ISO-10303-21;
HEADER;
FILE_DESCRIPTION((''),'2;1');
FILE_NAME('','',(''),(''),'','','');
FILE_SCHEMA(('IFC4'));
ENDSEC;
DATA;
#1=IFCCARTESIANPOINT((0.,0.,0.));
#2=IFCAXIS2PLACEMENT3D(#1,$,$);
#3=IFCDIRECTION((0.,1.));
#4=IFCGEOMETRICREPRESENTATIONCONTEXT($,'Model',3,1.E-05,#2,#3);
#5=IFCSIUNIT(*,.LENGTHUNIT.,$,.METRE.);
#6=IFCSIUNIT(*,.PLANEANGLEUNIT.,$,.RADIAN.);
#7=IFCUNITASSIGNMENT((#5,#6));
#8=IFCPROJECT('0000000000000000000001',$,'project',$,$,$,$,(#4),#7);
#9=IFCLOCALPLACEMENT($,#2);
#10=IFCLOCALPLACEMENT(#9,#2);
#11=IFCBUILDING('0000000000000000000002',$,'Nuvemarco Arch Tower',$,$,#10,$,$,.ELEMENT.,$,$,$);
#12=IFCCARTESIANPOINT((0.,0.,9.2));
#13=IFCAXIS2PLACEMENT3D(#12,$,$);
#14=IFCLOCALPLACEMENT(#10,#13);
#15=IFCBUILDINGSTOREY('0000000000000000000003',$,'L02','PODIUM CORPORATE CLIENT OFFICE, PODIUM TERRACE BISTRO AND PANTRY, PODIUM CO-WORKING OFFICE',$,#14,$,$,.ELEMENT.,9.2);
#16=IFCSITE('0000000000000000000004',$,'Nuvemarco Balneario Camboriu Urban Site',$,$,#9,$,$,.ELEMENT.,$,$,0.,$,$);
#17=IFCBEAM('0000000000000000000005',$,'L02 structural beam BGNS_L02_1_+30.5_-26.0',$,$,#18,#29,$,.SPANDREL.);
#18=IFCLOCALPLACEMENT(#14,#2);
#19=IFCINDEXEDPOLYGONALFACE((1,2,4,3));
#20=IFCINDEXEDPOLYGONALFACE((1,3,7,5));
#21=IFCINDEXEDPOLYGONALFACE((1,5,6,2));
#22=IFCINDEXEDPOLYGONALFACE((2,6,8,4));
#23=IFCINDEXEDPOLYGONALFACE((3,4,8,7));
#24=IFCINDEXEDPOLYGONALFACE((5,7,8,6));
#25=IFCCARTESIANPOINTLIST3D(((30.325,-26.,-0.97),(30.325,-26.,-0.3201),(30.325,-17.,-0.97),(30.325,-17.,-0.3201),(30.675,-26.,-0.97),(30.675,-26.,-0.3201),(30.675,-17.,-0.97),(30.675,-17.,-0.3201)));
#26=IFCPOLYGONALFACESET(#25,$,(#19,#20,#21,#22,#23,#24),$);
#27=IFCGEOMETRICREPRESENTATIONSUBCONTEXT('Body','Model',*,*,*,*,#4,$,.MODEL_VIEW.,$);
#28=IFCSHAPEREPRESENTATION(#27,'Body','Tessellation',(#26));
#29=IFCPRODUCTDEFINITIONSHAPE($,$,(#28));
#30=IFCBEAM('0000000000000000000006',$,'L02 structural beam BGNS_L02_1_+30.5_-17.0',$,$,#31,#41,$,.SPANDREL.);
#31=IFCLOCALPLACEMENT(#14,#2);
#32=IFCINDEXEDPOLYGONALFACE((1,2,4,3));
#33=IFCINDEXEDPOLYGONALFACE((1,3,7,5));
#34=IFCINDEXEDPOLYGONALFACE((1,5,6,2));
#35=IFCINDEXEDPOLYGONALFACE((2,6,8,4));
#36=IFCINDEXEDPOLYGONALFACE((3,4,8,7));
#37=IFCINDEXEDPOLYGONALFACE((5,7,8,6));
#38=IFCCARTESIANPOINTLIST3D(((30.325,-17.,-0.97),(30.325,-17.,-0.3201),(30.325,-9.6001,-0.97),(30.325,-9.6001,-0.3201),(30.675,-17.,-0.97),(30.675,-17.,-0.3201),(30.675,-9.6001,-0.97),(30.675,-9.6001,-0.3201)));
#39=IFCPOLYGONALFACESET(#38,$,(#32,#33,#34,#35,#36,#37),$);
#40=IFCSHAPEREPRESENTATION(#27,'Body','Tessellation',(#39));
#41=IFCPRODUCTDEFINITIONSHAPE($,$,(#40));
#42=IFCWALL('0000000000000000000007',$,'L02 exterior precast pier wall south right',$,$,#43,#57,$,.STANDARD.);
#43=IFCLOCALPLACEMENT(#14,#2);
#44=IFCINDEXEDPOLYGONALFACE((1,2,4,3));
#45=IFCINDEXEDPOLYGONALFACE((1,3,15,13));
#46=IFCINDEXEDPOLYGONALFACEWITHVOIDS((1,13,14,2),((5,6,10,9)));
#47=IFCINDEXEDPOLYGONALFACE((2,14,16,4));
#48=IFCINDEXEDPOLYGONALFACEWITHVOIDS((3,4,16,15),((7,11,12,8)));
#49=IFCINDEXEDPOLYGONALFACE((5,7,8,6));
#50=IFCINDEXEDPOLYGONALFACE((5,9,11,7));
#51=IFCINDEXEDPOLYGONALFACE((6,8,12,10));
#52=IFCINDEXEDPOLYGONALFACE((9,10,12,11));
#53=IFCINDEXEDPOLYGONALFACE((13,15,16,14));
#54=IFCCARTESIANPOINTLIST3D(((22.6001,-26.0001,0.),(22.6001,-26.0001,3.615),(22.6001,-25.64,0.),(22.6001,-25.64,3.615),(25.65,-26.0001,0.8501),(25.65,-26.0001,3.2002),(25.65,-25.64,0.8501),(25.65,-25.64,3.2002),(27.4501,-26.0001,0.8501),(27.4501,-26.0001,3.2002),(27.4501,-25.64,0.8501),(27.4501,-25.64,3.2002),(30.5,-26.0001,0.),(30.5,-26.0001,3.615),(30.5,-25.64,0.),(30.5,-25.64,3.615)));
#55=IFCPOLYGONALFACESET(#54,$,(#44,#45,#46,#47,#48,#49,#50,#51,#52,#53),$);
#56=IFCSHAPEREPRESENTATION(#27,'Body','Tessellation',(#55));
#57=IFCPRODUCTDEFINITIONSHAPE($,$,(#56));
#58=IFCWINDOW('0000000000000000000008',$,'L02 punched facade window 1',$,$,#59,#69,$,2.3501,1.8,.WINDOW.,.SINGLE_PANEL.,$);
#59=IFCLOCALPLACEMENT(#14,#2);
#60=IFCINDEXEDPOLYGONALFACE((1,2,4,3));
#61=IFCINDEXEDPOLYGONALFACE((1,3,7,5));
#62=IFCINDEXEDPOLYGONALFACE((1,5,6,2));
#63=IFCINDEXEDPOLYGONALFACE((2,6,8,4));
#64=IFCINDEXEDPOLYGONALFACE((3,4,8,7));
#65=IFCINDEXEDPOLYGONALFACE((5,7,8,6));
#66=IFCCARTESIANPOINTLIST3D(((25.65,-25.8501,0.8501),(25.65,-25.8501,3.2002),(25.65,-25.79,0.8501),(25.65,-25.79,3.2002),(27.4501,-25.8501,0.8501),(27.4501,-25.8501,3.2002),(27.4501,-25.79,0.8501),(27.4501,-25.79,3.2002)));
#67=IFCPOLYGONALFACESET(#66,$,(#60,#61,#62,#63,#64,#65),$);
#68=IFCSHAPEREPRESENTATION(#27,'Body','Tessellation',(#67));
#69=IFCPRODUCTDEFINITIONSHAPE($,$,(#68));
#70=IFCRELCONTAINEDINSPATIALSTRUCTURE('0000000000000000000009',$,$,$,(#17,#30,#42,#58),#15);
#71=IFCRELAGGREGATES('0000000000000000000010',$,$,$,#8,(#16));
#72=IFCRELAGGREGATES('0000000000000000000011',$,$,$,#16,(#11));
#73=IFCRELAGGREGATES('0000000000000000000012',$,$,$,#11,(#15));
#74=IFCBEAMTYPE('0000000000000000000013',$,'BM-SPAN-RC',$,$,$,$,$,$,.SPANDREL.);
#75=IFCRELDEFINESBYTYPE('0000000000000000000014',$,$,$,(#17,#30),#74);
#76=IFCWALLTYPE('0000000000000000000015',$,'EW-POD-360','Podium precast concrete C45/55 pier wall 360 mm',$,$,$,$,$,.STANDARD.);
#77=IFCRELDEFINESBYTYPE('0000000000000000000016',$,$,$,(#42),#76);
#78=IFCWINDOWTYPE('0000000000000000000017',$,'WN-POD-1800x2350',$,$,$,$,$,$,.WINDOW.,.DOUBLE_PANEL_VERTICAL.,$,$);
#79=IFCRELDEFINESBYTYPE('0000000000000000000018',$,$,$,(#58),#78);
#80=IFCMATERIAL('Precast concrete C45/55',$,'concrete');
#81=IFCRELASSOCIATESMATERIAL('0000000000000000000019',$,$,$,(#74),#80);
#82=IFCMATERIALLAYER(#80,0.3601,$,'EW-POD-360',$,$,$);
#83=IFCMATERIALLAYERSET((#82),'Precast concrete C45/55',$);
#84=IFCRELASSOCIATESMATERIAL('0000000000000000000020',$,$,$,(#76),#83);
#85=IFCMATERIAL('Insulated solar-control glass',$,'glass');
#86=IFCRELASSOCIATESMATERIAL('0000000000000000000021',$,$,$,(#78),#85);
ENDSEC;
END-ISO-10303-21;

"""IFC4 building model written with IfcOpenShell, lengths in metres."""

from ifc_helpers import new_model, si_unit, direction, frame, frame_2d, origin, origin_2d, place, context, subcontext, project, spatial, rectangle, extrude, source, transform, mapped, material, layer, layer_set, material_profile, profile_set, type_object, type_shapes, element, fill, save


model = new_model("IFC4")

# Units and contexts
model_context = context("Model", 3, precision=1e-05, world=origin(), true_north=direction((0.0, 1.0)))
body_context = subcontext(model_context, "Body", "Model", "MODEL_VIEW")
ifc_project = project(units=[si_unit("LENGTHUNIT", "METRE"), si_unit("PLANEANGLEUNIT", "RADIAN")], contexts=[model_context])

# Site, building, storey
site_placement = place(None, origin())
site = spatial("IfcSite", under=ifc_project, at=site_placement, Name="Nuvemarco Balneario Camboriu Urban Site", CompositionType="ELEMENT", RefElevation=0.0)
building_placement = place(site_placement, origin())
building = spatial("IfcBuilding", under=site, at=building_placement, Name="Nuvemarco Arch Tower", CompositionType="ELEMENT")
storey_placement = place(building_placement, frame((0.0, 0.0, 9.2)))
storey = spatial("IfcBuildingStorey", under=building, at=storey_placement, Name="L02", Description="PODIUM CORPORATE CLIENT OFFICE, PODIUM TERRACE BISTRO AND PANTRY, PODIUM CO-WORKING OFFICE", CompositionType="ELEMENT", Elevation=9.2)

# Beams
ifc_material_1 = material(Name="Precast concrete C45/55", Category="concrete")
ifc_material_profile_1 = material_profile(ifc_material_1, rectangle(XDim=0.3501, YDim=0.6499, at=origin_2d()), Name="PC-SP-350x650")
ifc_profile_set_1 = profile_set([ifc_material_profile_1], Name="Precast concrete C45/55")
beam_type_1 = type_object("IfcBeamType", Name="BM-SPAN-RC", PredefinedType="SPANDREL", material=ifc_profile_set_1)
beam_1_placement = place(storey_placement, frame((30.5, -26.0, -0.645), z_axis=(0.0, 1.0, 0.0), x_axis=(-1.0, 0.0, 0.0)))
element("IfcBeam", 1, at=beam_1_placement, inside=storey, type_object=beam_type_1, Name="L02 structural beam BGNS_L02_1_+30.5_-26.0", PredefinedType="SPANDREL", context=body_context, shape_type="SweptSolid", body=[
    extrude(rectangle(XDim=0.3501, YDim=0.6499, at=origin_2d()), origin(), (0.0, 0.0, 1.0), 9.0),
])
beam_2_placement = place(storey_placement, frame((30.5, -17.0, -0.645), z_axis=(0.0, 1.0, 0.0), x_axis=(-1.0, 0.0, 0.0)))
element("IfcBeam", 2, at=beam_2_placement, inside=storey, type_object=beam_type_1, Name="L02 structural beam BGNS_L02_1_+30.5_-17.0", PredefinedType="SPANDREL", context=body_context, shape_type="SweptSolid", body=[
    extrude(rectangle(XDim=0.3501, YDim=0.6499, at=origin_2d()), origin(), (0.0, 0.0, 1.0), 7.3999),
])

# Wall, opening, window
ifc_layer_1 = layer(ifc_material_1, 0.3601, Name="EW-POD-360")
ifc_layer_set_1 = layer_set([ifc_layer_1], Name="Precast concrete C45/55")
wall_type_1 = type_object("IfcWallType", Name="EW-POD-360", Description="Podium precast concrete C45/55 pier wall 360 mm", PredefinedType="STANDARD", material=ifc_layer_set_1)
wall_1_placement = place(storey_placement, frame((22.6001, -25.8201, 0.0), z_axis=(0.0, 0.0, 1.0), x_axis=(1.0, 0.0, 0.0)))
wall_1 = element("IfcWall", 3, at=wall_1_placement, inside=storey, type_object=wall_type_1, Name="L02 exterior precast pier wall south right", PredefinedType="STANDARD", context=body_context, shape_type="SweptSolid", body=[
    extrude(rectangle(XDim=7.8999, YDim=0.3601, at=frame_2d((3.95, 0.0))), origin(), (0.0, 0.0, 1.0), 3.615),
])
opening_1_placement = place(wall_1_placement, frame((3.05, 0.0, 0.8501)))
opening_1 = element("IfcOpeningElement", 4, at=opening_1_placement, cuts=wall_1, PredefinedType="OPENING", context=body_context, shape_type="SweptSolid", body=[
    extrude(rectangle(XDim=1.8, YDim=2.3501, at=frame_2d((0.8999, 1.175))), frame((0.0, 0.1899, 0.0), z_axis=(0.0, -1.0, 0.0), x_axis=(1.0, 0.0, 0.0)), (0.0, 0.0, 1.0), 0.3801),
])
ifc_material_2 = material(Name="Insulated solar-control glass", Category="glass")
window_type_1 = type_object("IfcWindowType", Name="WN-POD-1800x2350", PartitioningType="DOUBLE_PANEL_VERTICAL", PredefinedType="WINDOW", material=ifc_material_2)
shared_shape_1 = source(origin(), body_context, "Body", "SweptSolid", [
    extrude(rectangle(XDim=1.8, YDim=2.3501, at=frame_2d((0.8999, 1.175))), frame((0.0, 0.03, 0.0), z_axis=(0.0, -1.0, 0.0), x_axis=(1.0, 0.0, 0.0)), (0.0, 0.0, 1.0), 0.0601),
])
type_shapes(window_type_1, [shared_shape_1])
window_1_placement = place(opening_1_placement, origin())
window_1 = element("IfcWindow", 5, at=window_1_placement, inside=storey, type_object=window_type_1, Name="L02 punched facade window 1", OverallHeight=2.3501, OverallWidth=1.8, PartitioningType="SINGLE_PANEL", PredefinedType="WINDOW", context=body_context, shape_type="MappedRepresentation", body=[
    mapped(shared_shape_1, transform((0.0, 0.0, 0.0), scale=1.0)),
])
fill(opening_1, window_1)

save(model, "model.ifc")
